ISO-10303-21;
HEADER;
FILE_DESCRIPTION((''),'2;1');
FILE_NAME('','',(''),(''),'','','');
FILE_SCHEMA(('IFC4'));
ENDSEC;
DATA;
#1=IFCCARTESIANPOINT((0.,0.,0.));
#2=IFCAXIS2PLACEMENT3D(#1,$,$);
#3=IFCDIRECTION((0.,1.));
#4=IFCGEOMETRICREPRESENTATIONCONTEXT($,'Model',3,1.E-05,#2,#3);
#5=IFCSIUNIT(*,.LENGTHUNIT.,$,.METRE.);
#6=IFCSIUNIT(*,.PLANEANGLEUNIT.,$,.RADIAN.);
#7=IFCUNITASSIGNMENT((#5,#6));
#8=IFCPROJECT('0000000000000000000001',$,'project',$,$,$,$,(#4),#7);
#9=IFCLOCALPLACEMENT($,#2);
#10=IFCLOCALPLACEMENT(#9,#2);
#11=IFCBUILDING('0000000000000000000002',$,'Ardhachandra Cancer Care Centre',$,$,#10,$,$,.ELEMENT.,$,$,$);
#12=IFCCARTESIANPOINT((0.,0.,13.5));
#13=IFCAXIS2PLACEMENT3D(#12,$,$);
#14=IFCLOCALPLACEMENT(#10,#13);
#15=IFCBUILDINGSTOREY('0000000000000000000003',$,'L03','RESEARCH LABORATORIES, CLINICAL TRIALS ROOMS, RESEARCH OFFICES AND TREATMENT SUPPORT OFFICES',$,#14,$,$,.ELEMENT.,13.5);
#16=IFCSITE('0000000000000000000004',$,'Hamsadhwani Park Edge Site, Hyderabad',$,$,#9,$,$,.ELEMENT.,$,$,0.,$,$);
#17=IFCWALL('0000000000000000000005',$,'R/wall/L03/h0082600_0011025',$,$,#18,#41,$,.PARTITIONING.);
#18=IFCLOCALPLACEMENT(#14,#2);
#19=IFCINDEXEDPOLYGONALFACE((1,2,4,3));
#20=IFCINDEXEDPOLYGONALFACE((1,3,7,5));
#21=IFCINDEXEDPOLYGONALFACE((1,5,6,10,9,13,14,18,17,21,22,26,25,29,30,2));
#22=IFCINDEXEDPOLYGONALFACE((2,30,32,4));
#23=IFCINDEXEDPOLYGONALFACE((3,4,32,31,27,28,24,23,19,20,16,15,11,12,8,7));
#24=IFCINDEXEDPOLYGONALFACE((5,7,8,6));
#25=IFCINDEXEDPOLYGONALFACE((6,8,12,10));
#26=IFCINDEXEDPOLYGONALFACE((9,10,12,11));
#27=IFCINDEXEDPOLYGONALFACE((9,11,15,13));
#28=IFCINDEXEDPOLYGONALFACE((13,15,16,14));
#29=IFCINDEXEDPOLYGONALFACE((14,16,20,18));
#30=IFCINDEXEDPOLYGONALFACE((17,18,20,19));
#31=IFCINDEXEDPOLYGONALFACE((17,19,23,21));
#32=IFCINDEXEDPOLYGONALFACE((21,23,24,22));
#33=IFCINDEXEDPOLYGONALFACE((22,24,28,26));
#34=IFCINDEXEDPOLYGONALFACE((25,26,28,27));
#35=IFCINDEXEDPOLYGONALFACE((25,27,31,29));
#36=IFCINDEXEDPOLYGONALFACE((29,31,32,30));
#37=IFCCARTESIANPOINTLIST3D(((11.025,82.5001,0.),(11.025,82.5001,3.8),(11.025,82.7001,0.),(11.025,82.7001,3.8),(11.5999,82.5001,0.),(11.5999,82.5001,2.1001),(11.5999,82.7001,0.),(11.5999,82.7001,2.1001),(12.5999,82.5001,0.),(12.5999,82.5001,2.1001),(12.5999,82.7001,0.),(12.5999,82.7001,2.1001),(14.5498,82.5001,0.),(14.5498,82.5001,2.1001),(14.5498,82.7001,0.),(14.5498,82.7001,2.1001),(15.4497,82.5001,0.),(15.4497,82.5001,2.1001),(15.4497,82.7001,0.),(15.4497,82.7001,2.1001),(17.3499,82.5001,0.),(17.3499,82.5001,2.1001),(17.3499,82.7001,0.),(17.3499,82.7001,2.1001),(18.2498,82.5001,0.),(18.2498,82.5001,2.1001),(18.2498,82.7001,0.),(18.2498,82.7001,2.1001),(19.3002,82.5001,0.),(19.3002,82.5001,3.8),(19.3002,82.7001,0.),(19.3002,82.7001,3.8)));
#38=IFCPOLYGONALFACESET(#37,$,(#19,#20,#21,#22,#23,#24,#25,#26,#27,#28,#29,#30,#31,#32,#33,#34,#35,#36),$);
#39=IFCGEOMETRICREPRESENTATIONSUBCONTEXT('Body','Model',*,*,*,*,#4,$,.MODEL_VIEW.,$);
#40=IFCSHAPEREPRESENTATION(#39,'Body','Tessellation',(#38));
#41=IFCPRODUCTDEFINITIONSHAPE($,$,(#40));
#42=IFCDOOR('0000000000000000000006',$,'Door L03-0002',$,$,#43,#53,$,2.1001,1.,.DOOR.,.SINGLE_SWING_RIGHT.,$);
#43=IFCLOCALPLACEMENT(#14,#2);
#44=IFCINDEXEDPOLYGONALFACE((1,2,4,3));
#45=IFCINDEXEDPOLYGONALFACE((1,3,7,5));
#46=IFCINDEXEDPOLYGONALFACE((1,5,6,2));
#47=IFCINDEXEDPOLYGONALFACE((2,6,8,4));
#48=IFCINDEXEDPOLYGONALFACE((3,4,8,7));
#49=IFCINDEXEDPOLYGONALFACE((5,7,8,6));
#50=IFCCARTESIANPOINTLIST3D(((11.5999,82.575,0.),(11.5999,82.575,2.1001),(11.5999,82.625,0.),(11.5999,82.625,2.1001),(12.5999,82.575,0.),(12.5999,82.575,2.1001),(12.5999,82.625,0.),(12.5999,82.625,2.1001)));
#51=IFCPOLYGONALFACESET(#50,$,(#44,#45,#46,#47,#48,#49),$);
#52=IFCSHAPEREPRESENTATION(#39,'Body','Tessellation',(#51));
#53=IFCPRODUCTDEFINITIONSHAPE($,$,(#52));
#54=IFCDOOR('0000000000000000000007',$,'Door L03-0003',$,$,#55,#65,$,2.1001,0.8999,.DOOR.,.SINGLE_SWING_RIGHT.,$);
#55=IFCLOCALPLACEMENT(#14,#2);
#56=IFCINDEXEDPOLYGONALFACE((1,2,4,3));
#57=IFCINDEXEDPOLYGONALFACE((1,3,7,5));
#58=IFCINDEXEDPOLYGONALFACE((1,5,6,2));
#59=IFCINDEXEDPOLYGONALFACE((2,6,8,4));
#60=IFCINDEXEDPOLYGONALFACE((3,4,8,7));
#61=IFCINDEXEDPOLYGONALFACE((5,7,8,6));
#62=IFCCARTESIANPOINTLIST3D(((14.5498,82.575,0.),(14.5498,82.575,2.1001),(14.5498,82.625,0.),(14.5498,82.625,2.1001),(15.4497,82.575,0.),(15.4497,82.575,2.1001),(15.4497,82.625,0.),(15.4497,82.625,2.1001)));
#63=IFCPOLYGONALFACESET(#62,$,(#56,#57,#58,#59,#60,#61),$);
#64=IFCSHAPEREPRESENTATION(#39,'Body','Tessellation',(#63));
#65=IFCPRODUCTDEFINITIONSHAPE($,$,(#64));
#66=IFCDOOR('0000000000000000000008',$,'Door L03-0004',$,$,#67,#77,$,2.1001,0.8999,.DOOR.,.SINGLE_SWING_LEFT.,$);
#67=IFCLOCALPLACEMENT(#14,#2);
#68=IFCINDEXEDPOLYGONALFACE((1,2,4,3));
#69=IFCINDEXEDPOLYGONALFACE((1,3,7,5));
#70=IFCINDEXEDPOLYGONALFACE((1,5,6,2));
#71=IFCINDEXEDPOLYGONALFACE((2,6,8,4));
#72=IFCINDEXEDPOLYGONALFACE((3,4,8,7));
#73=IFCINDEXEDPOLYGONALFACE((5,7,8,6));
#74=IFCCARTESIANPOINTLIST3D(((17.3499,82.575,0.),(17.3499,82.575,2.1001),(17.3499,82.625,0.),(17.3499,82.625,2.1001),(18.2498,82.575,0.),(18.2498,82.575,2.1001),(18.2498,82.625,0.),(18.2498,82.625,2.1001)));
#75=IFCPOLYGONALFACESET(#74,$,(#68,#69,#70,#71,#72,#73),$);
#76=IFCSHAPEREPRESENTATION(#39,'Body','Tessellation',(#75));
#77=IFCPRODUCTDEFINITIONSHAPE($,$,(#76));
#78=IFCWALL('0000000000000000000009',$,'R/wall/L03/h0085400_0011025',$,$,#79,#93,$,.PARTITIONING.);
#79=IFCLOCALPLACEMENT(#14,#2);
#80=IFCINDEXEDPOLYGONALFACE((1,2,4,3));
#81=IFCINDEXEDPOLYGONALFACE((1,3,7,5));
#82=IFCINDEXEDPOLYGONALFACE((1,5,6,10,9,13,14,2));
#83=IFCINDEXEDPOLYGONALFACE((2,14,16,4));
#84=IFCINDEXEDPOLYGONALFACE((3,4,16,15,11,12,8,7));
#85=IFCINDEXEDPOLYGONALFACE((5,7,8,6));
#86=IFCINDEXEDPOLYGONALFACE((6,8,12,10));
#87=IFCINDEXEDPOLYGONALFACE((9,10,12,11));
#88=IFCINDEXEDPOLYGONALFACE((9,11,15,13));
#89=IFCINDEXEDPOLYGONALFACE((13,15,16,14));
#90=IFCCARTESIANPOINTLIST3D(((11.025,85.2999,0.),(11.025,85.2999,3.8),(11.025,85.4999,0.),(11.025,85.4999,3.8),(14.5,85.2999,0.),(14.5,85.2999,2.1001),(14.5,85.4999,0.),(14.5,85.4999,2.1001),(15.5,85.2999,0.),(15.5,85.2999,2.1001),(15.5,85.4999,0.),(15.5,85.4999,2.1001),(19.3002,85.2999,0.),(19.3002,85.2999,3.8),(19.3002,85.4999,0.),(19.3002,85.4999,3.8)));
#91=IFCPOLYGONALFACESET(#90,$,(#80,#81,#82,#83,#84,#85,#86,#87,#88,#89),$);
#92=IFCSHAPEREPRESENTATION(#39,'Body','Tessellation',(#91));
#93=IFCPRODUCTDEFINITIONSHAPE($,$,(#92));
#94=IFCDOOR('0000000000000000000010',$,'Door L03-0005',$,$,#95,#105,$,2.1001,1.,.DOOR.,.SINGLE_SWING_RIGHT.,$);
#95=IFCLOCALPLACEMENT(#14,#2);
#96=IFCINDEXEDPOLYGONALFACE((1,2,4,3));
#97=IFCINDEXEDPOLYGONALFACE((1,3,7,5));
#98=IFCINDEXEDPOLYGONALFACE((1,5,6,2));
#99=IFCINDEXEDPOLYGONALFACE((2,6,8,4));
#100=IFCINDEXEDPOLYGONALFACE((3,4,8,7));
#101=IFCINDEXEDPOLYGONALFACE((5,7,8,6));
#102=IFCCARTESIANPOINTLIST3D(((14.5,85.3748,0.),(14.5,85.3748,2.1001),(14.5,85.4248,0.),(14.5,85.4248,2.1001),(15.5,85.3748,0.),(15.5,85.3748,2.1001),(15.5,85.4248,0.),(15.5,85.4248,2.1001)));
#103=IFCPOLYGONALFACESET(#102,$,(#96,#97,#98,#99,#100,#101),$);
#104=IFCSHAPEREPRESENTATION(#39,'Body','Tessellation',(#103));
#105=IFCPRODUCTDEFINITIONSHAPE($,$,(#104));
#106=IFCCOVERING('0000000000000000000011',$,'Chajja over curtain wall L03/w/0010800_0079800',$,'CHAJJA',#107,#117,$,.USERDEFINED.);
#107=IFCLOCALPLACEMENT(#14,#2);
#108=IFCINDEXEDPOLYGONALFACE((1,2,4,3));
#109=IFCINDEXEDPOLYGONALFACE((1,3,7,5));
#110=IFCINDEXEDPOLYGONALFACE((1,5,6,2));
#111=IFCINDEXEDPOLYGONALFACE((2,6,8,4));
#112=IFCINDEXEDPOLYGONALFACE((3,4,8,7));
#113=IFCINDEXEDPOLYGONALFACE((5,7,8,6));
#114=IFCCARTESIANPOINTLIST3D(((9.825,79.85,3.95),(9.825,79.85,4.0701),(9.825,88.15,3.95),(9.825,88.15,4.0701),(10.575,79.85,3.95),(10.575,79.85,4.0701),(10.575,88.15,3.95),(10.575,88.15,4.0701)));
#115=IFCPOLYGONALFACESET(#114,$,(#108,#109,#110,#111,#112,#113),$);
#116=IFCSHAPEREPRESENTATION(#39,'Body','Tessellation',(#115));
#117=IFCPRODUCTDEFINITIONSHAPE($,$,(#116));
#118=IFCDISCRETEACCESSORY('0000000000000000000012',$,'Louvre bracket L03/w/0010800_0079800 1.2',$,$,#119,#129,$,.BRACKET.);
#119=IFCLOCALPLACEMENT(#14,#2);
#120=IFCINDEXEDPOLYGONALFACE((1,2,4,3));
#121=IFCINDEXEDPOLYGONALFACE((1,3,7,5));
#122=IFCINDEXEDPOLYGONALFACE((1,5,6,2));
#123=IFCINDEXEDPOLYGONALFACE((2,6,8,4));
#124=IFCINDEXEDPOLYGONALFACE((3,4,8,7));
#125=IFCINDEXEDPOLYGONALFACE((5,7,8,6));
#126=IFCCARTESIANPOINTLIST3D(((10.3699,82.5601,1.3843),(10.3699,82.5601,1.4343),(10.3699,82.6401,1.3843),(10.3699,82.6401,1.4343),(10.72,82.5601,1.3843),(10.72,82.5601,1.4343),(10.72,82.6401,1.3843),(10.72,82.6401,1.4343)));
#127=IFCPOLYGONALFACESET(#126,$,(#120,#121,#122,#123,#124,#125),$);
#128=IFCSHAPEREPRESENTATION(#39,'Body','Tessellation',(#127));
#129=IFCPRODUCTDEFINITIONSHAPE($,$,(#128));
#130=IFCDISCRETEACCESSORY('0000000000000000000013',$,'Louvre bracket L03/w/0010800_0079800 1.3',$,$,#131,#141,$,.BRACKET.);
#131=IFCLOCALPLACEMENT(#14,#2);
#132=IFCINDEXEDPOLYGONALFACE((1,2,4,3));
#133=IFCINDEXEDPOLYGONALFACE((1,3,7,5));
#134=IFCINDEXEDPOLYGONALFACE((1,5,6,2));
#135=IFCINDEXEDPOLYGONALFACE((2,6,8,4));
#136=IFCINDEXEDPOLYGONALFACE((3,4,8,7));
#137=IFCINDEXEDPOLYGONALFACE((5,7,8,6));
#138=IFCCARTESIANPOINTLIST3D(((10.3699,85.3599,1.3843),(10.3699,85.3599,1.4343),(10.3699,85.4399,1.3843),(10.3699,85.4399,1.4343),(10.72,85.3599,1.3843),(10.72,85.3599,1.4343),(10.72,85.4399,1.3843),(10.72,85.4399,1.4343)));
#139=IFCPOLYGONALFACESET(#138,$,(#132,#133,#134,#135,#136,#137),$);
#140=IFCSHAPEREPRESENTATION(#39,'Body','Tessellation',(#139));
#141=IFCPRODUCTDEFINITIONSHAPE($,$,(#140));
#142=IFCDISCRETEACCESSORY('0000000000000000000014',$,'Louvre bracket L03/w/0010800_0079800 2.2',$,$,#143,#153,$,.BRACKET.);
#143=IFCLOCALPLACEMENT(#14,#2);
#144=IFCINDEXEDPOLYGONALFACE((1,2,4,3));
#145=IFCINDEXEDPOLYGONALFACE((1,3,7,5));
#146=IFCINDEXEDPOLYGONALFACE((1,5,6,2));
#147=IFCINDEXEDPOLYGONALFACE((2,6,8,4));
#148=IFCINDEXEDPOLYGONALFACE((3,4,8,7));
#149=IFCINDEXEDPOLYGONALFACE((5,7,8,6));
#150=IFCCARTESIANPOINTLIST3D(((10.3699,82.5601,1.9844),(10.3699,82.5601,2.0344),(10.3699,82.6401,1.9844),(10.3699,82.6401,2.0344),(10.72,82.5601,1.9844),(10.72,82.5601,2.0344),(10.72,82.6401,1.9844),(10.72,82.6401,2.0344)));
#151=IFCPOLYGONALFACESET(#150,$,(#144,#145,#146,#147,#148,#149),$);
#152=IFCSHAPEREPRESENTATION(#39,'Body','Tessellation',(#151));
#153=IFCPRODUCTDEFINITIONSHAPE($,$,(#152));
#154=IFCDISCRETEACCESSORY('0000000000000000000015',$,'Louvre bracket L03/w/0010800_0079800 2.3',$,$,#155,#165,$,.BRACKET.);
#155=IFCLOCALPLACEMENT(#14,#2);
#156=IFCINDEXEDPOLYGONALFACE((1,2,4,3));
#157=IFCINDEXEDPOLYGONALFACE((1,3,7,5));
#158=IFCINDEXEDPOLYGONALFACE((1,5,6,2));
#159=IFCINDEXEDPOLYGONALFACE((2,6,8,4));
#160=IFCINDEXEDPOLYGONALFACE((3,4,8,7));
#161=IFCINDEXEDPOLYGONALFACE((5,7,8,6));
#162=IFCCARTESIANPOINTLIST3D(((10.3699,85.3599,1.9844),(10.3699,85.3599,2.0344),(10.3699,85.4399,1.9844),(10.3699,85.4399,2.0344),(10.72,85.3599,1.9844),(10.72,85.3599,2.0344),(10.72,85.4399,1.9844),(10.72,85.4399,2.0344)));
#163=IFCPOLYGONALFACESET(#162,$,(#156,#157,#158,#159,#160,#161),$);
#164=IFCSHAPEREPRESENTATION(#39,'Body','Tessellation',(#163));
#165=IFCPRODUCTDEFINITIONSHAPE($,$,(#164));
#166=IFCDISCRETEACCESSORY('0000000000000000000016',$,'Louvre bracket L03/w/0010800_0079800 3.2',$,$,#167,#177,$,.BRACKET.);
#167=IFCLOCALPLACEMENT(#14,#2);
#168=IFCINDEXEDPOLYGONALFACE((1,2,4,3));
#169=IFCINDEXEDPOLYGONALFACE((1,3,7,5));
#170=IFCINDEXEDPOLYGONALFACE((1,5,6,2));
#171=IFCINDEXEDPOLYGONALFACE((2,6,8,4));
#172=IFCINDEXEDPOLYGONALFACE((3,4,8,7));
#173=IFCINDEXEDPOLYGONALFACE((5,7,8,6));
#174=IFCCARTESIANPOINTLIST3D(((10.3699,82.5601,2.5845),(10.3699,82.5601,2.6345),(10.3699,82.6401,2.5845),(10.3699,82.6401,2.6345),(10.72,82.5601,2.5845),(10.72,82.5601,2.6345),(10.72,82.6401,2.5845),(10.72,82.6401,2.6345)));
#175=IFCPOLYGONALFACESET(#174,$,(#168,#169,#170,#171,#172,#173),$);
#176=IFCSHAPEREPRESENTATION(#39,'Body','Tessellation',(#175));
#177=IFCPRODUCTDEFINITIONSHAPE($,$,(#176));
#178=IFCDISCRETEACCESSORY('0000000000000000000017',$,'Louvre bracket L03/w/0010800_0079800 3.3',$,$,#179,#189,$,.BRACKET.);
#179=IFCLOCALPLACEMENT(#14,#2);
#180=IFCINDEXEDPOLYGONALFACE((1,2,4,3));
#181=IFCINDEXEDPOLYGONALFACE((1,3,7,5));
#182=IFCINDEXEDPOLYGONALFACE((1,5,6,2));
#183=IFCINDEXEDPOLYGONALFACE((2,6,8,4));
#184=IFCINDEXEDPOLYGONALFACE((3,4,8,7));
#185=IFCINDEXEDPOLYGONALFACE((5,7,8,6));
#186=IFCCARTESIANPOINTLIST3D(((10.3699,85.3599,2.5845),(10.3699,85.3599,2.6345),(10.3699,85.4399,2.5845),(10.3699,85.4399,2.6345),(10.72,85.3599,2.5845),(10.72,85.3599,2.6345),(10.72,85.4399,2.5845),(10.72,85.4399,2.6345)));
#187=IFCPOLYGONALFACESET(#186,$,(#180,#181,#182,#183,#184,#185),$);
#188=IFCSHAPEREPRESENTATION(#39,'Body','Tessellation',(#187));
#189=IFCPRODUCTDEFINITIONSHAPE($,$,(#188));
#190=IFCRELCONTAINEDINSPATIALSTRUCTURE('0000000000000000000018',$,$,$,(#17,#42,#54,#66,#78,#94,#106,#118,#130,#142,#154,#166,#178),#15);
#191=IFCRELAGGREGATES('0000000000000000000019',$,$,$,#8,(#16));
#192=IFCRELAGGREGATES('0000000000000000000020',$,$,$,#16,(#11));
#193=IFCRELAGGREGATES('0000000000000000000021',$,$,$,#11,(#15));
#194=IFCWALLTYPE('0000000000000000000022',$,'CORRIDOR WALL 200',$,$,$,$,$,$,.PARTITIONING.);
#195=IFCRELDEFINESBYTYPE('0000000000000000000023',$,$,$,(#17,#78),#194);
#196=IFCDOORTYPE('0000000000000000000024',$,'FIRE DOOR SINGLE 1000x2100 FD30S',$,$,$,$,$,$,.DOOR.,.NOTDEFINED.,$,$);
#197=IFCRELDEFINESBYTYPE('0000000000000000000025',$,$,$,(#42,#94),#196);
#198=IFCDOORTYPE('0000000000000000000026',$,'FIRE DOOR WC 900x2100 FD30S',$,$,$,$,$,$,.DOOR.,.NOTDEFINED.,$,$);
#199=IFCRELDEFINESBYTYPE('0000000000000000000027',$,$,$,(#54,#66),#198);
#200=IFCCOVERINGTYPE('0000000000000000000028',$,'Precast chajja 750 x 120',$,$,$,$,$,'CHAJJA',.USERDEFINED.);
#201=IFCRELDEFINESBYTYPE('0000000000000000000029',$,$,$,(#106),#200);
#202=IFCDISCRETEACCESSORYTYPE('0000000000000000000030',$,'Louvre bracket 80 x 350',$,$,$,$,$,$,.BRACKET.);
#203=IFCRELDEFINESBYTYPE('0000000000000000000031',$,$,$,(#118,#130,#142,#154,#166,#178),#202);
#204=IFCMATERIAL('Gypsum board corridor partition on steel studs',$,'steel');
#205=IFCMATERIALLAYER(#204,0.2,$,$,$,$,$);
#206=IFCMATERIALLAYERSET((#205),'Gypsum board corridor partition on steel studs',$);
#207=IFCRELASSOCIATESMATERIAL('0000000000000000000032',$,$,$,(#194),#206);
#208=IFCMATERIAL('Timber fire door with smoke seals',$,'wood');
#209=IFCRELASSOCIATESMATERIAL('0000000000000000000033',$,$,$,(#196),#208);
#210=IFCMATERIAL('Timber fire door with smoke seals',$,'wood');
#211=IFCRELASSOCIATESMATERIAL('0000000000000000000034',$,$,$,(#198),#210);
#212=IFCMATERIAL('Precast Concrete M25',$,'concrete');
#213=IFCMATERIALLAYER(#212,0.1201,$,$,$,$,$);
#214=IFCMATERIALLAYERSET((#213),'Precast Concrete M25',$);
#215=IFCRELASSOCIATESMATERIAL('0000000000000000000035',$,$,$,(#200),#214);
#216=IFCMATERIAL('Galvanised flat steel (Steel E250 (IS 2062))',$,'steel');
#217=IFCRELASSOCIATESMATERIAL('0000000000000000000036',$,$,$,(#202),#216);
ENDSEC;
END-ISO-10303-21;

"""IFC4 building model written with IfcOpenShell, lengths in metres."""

from ifc_helpers import new_model, si_unit, direction, frame, frame_2d, origin, origin_2d, place, context, subcontext, project, spatial, rectangle, extrude, material, layer, layer_set, type_object, element, fill, save


model = new_model("IFC4")

# Units and contexts
model_context = context("Model", 3, precision=1e-05, world=origin(), true_north=direction((0.0, 1.0)))
body_context = subcontext(model_context, "Body", "Model", "MODEL_VIEW")
ifc_project = project(units=[si_unit("LENGTHUNIT", "METRE"), si_unit("PLANEANGLEUNIT", "RADIAN")], contexts=[model_context])

# Site, building, storey
site_placement = place(None, origin())
site = spatial("IfcSite", under=ifc_project, at=site_placement, Name="Hamsadhwani Park Edge Site, Hyderabad", CompositionType="ELEMENT", RefElevation=0.0)
building_placement = place(site_placement, origin())
building = spatial("IfcBuilding", under=site, at=building_placement, Name="Ardhachandra Cancer Care Centre", CompositionType="ELEMENT")
storey_placement = place(building_placement, frame((0.0, 0.0, 13.5)))
storey = spatial("IfcBuildingStorey", under=building, at=storey_placement, Name="L03", Description="RESEARCH LABORATORIES, CLINICAL TRIALS ROOMS, RESEARCH OFFICES AND TREATMENT SUPPORT OFFICES", CompositionType="ELEMENT", Elevation=13.5)

# Wall, openings, doors
ifc_material_1 = material(Name="Gypsum board corridor partition on steel studs", Category="steel")
ifc_layer_1 = layer(ifc_material_1, 0.2)
ifc_layer_set_1 = layer_set([ifc_layer_1], Name="Gypsum board corridor partition on steel studs")
wall_type = type_object("IfcWallType", Name="CORRIDOR WALL 200", PredefinedType="PARTITIONING", material=ifc_layer_set_1)
wall_1_placement = place(storey_placement, frame((11.0249, 82.6001, 0.0), z_axis=(0.0, 0.0, 1.0), x_axis=(1.0, 0.0, 0.0)))
wall_1 = element("IfcWall", 1, at=wall_1_placement, inside=storey, type_object=wall_type, Name="R/wall/L03/h0082600_0011025", PredefinedType="PARTITIONING", context=body_context, shape_type="SweptSolid", body=[
    extrude(rectangle(XDim=8.2751, YDim=0.2, at=frame_2d((4.1377, 0.0))), origin(), (0.0, 0.0, 1.0), 3.8),
])
opening_1_placement = place(wall_1_placement, frame((0.575, 0.0, 0.0)))
opening_1 = element("IfcOpeningElement", 2, at=opening_1_placement, cuts=wall_1, PredefinedType="OPENING", context=body_context, shape_type="SweptSolid", body=[
    extrude(rectangle(XDim=1.0, YDim=2.1001, at=frame_2d((0.5, 1.05))), frame((0.0, 0.1099, 0.0), z_axis=(0.0, -1.0, 0.0), x_axis=(1.0, 0.0, 0.0)), (0.0, 0.0, 1.0), 0.22),
])
opening_2_placement = place(wall_1_placement, frame((3.5249, 0.0, 0.0)))
opening_2 = element("IfcOpeningElement", 3, at=opening_2_placement, cuts=wall_1, PredefinedType="OPENING", context=body_context, shape_type="SweptSolid", body=[
    extrude(rectangle(XDim=0.8999, YDim=2.1001, at=frame_2d((0.45, 1.05))), frame((0.0, 0.1099, 0.0), z_axis=(0.0, -1.0, 0.0), x_axis=(1.0, 0.0, 0.0)), (0.0, 0.0, 1.0), 0.22),
])
opening_3_placement = place(wall_1_placement, frame((6.325, 0.0, 0.0)))
opening_3 = element("IfcOpeningElement", 4, at=opening_3_placement, cuts=wall_1, PredefinedType="OPENING", context=body_context, shape_type="SweptSolid", body=[
    extrude(rectangle(XDim=0.8999, YDim=2.1001, at=frame_2d((0.45, 1.05))), frame((0.0, 0.1099, 0.0), z_axis=(0.0, -1.0, 0.0), x_axis=(1.0, 0.0, 0.0)), (0.0, 0.0, 1.0), 0.22),
])
ifc_material_2 = material(Name="Timber fire door with smoke seals", Category="wood")
door_type_1 = type_object("IfcDoorType", Name="FIRE DOOR SINGLE 1000x2100 FD30S", OperationType="NOTDEFINED", PredefinedType="DOOR", material=ifc_material_2)
door_1_placement = place(opening_1_placement, origin())
door_1 = element("IfcDoor", 5, at=door_1_placement, inside=storey, type_object=door_type_1, Name="Door L03-0002", OperationType="SINGLE_SWING_RIGHT", OverallHeight=2.1001, OverallWidth=1.0, PredefinedType="DOOR", context=body_context, shape_type="SweptSolid", body=[
    extrude(rectangle(XDim=1.0, YDim=2.1001, at=frame_2d((0.5, 1.05))), frame((0.0, 0.0249, 0.0), z_axis=(0.0, -1.0, 0.0), x_axis=(1.0, 0.0, 0.0)), (0.0, 0.0, 1.0), 0.05),
])
fill(opening_1, door_1)
ifc_material_3 = material(Name="Timber fire door with smoke seals", Category="wood")
door_type_2 = type_object("IfcDoorType", Name="FIRE DOOR WC 900x2100 FD30S", OperationType="NOTDEFINED", PredefinedType="DOOR", material=ifc_material_3)
door_2_placement = place(opening_2_placement, origin())
door_2 = element("IfcDoor", 6, at=door_2_placement, inside=storey, type_object=door_type_2, Name="Door L03-0003", OperationType="SINGLE_SWING_RIGHT", OverallHeight=2.1001, OverallWidth=0.8999, PredefinedType="DOOR", context=body_context, shape_type="SweptSolid", body=[
    extrude(rectangle(XDim=0.8999, YDim=2.1001, at=frame_2d((0.45, 1.05))), frame((0.0, 0.0249, 0.0), z_axis=(0.0, -1.0, 0.0), x_axis=(1.0, 0.0, 0.0)), (0.0, 0.0, 1.0), 0.05),
])
fill(opening_2, door_2)
door_3_placement = place(opening_3_placement, origin())
door_3 = element("IfcDoor", 7, at=door_3_placement, inside=storey, type_object=door_type_2, Name="Door L03-0004", OperationType="SINGLE_SWING_LEFT", OverallHeight=2.1001, OverallWidth=0.8999, PredefinedType="DOOR", context=body_context, shape_type="SweptSolid", body=[
    extrude(rectangle(XDim=0.8999, YDim=2.1001, at=frame_2d((0.45, 1.05))), frame((0.0, 0.0249, 0.0), z_axis=(0.0, -1.0, 0.0), x_axis=(1.0, 0.0, 0.0)), (0.0, 0.0, 1.0), 0.05),
])
fill(opening_3, door_3)

# Wall, opening, door
wall_2_placement = place(storey_placement, frame((11.0249, 85.3999, 0.0), z_axis=(0.0, 0.0, 1.0), x_axis=(1.0, 0.0, 0.0)))
wall_2 = element("IfcWall", 8, at=wall_2_placement, inside=storey, type_object=wall_type, Name="R/wall/L03/h0085400_0011025", PredefinedType="PARTITIONING", context=body_context, shape_type="SweptSolid", body=[
    extrude(rectangle(XDim=8.2751, YDim=0.2, at=frame_2d((4.1377, 0.0))), origin(), (0.0, 0.0, 1.0), 3.8),
])
opening_4_placement = place(wall_2_placement, frame((3.4751, 0.0, 0.0)))
opening_4 = element("IfcOpeningElement", 9, at=opening_4_placement, cuts=wall_2, PredefinedType="OPENING", context=body_context, shape_type="SweptSolid", body=[
    extrude(rectangle(XDim=1.0, YDim=2.1001, at=frame_2d((0.5, 1.05))), frame((0.0, 0.1099, 0.0), z_axis=(0.0, -1.0, 0.0), x_axis=(1.0, 0.0, 0.0)), (0.0, 0.0, 1.0), 0.22),
])
door_4_placement = place(opening_4_placement, origin())
door_4 = element("IfcDoor", 10, at=door_4_placement, inside=storey, type_object=door_type_1, Name="Door L03-0005", OperationType="SINGLE_SWING_RIGHT", OverallHeight=2.1001, OverallWidth=1.0, PredefinedType="DOOR", context=body_context, shape_type="SweptSolid", body=[
    extrude(rectangle(XDim=1.0, YDim=2.1001, at=frame_2d((0.5, 1.05))), frame((0.0, 0.0249, 0.0), z_axis=(0.0, -1.0, 0.0), x_axis=(1.0, 0.0, 0.0)), (0.0, 0.0, 1.0), 0.05),
])
fill(opening_4, door_4)

# Covering
ifc_material_4 = material(Name="Precast Concrete M25", Category="concrete")
ifc_layer_2 = layer(ifc_material_4, 0.1201)
ifc_layer_set_2 = layer_set([ifc_layer_2], Name="Precast Concrete M25")
covering_type = type_object("IfcCoveringType", Name="Precast chajja 750 x 120", ElementType="CHAJJA", PredefinedType="USERDEFINED", material=ifc_layer_set_2)
covering_placement = place(storey_placement, frame((10.2, 84.0, 3.95), z_axis=(0.0, 0.0, 1.0), x_axis=(0.0, 1.0, 0.0)))
element("IfcCovering", 11, at=covering_placement, inside=storey, type_object=covering_type, Name="Chajja over curtain wall L03/w/0010800_0079800", ObjectType="CHAJJA", PredefinedType="USERDEFINED", context=body_context, shape_type="SweptSolid", body=[
    extrude(rectangle(XDim=8.3, YDim=0.75, at=origin_2d()), origin(), (0.0, 0.0, 1.0), 0.1201),
])

# Discrete accessories
ifc_material_5 = material(Name="Galvanised flat steel (Steel E250 (IS 2062))", Category="steel")
discrete_accessory_type = type_object("IfcDiscreteAccessoryType", Name="Louvre bracket 80 x 350", PredefinedType="BRACKET", material=ifc_material_5)
for number, where, z_axis, x_axis, name in (
    (12, (10.5449, 82.6001, 1.3843), (0.0, 0.0, 1.0), (0.0, 1.0, 0.0), "Louvre bracket L03/w/0010800_0079800 1.2"),
    (13, (10.5449, 85.3999, 1.3843), (0.0, 0.0, 1.0), (0.0, 1.0, 0.0), "Louvre bracket L03/w/0010800_0079800 1.3"),
    (14, (10.5449, 82.6001, 1.9844), (0.0, 0.0, 1.0), (0.0, 1.0, 0.0), "Louvre bracket L03/w/0010800_0079800 2.2"),
    (15, (10.5449, 85.3999, 1.9844), (0.0, 0.0, 1.0), (0.0, 1.0, 0.0), "Louvre bracket L03/w/0010800_0079800 2.3"),
    (16, (10.5449, 82.6001, 2.5845), (0.0, 0.0, 1.0), (0.0, 1.0, 0.0), "Louvre bracket L03/w/0010800_0079800 3.2"),
    (17, (10.5449, 85.3999, 2.5845), (0.0, 0.0, 1.0), (0.0, 1.0, 0.0), "Louvre bracket L03/w/0010800_0079800 3.3"),
):
    element("IfcDiscreteAccessory", number, at=place(storey_placement, frame(where, z_axis=z_axis, x_axis=x_axis)), inside=storey, type_object=discrete_accessory_type, Name=name, PredefinedType="BRACKET", context=body_context, shape_type="SweptSolid", body=[
        extrude(rectangle(XDim=0.0801, YDim=0.3501, at=origin_2d()), origin(), (0.0, 0.0, 1.0), 0.05),
    ])

save(model, "model.ifc")
